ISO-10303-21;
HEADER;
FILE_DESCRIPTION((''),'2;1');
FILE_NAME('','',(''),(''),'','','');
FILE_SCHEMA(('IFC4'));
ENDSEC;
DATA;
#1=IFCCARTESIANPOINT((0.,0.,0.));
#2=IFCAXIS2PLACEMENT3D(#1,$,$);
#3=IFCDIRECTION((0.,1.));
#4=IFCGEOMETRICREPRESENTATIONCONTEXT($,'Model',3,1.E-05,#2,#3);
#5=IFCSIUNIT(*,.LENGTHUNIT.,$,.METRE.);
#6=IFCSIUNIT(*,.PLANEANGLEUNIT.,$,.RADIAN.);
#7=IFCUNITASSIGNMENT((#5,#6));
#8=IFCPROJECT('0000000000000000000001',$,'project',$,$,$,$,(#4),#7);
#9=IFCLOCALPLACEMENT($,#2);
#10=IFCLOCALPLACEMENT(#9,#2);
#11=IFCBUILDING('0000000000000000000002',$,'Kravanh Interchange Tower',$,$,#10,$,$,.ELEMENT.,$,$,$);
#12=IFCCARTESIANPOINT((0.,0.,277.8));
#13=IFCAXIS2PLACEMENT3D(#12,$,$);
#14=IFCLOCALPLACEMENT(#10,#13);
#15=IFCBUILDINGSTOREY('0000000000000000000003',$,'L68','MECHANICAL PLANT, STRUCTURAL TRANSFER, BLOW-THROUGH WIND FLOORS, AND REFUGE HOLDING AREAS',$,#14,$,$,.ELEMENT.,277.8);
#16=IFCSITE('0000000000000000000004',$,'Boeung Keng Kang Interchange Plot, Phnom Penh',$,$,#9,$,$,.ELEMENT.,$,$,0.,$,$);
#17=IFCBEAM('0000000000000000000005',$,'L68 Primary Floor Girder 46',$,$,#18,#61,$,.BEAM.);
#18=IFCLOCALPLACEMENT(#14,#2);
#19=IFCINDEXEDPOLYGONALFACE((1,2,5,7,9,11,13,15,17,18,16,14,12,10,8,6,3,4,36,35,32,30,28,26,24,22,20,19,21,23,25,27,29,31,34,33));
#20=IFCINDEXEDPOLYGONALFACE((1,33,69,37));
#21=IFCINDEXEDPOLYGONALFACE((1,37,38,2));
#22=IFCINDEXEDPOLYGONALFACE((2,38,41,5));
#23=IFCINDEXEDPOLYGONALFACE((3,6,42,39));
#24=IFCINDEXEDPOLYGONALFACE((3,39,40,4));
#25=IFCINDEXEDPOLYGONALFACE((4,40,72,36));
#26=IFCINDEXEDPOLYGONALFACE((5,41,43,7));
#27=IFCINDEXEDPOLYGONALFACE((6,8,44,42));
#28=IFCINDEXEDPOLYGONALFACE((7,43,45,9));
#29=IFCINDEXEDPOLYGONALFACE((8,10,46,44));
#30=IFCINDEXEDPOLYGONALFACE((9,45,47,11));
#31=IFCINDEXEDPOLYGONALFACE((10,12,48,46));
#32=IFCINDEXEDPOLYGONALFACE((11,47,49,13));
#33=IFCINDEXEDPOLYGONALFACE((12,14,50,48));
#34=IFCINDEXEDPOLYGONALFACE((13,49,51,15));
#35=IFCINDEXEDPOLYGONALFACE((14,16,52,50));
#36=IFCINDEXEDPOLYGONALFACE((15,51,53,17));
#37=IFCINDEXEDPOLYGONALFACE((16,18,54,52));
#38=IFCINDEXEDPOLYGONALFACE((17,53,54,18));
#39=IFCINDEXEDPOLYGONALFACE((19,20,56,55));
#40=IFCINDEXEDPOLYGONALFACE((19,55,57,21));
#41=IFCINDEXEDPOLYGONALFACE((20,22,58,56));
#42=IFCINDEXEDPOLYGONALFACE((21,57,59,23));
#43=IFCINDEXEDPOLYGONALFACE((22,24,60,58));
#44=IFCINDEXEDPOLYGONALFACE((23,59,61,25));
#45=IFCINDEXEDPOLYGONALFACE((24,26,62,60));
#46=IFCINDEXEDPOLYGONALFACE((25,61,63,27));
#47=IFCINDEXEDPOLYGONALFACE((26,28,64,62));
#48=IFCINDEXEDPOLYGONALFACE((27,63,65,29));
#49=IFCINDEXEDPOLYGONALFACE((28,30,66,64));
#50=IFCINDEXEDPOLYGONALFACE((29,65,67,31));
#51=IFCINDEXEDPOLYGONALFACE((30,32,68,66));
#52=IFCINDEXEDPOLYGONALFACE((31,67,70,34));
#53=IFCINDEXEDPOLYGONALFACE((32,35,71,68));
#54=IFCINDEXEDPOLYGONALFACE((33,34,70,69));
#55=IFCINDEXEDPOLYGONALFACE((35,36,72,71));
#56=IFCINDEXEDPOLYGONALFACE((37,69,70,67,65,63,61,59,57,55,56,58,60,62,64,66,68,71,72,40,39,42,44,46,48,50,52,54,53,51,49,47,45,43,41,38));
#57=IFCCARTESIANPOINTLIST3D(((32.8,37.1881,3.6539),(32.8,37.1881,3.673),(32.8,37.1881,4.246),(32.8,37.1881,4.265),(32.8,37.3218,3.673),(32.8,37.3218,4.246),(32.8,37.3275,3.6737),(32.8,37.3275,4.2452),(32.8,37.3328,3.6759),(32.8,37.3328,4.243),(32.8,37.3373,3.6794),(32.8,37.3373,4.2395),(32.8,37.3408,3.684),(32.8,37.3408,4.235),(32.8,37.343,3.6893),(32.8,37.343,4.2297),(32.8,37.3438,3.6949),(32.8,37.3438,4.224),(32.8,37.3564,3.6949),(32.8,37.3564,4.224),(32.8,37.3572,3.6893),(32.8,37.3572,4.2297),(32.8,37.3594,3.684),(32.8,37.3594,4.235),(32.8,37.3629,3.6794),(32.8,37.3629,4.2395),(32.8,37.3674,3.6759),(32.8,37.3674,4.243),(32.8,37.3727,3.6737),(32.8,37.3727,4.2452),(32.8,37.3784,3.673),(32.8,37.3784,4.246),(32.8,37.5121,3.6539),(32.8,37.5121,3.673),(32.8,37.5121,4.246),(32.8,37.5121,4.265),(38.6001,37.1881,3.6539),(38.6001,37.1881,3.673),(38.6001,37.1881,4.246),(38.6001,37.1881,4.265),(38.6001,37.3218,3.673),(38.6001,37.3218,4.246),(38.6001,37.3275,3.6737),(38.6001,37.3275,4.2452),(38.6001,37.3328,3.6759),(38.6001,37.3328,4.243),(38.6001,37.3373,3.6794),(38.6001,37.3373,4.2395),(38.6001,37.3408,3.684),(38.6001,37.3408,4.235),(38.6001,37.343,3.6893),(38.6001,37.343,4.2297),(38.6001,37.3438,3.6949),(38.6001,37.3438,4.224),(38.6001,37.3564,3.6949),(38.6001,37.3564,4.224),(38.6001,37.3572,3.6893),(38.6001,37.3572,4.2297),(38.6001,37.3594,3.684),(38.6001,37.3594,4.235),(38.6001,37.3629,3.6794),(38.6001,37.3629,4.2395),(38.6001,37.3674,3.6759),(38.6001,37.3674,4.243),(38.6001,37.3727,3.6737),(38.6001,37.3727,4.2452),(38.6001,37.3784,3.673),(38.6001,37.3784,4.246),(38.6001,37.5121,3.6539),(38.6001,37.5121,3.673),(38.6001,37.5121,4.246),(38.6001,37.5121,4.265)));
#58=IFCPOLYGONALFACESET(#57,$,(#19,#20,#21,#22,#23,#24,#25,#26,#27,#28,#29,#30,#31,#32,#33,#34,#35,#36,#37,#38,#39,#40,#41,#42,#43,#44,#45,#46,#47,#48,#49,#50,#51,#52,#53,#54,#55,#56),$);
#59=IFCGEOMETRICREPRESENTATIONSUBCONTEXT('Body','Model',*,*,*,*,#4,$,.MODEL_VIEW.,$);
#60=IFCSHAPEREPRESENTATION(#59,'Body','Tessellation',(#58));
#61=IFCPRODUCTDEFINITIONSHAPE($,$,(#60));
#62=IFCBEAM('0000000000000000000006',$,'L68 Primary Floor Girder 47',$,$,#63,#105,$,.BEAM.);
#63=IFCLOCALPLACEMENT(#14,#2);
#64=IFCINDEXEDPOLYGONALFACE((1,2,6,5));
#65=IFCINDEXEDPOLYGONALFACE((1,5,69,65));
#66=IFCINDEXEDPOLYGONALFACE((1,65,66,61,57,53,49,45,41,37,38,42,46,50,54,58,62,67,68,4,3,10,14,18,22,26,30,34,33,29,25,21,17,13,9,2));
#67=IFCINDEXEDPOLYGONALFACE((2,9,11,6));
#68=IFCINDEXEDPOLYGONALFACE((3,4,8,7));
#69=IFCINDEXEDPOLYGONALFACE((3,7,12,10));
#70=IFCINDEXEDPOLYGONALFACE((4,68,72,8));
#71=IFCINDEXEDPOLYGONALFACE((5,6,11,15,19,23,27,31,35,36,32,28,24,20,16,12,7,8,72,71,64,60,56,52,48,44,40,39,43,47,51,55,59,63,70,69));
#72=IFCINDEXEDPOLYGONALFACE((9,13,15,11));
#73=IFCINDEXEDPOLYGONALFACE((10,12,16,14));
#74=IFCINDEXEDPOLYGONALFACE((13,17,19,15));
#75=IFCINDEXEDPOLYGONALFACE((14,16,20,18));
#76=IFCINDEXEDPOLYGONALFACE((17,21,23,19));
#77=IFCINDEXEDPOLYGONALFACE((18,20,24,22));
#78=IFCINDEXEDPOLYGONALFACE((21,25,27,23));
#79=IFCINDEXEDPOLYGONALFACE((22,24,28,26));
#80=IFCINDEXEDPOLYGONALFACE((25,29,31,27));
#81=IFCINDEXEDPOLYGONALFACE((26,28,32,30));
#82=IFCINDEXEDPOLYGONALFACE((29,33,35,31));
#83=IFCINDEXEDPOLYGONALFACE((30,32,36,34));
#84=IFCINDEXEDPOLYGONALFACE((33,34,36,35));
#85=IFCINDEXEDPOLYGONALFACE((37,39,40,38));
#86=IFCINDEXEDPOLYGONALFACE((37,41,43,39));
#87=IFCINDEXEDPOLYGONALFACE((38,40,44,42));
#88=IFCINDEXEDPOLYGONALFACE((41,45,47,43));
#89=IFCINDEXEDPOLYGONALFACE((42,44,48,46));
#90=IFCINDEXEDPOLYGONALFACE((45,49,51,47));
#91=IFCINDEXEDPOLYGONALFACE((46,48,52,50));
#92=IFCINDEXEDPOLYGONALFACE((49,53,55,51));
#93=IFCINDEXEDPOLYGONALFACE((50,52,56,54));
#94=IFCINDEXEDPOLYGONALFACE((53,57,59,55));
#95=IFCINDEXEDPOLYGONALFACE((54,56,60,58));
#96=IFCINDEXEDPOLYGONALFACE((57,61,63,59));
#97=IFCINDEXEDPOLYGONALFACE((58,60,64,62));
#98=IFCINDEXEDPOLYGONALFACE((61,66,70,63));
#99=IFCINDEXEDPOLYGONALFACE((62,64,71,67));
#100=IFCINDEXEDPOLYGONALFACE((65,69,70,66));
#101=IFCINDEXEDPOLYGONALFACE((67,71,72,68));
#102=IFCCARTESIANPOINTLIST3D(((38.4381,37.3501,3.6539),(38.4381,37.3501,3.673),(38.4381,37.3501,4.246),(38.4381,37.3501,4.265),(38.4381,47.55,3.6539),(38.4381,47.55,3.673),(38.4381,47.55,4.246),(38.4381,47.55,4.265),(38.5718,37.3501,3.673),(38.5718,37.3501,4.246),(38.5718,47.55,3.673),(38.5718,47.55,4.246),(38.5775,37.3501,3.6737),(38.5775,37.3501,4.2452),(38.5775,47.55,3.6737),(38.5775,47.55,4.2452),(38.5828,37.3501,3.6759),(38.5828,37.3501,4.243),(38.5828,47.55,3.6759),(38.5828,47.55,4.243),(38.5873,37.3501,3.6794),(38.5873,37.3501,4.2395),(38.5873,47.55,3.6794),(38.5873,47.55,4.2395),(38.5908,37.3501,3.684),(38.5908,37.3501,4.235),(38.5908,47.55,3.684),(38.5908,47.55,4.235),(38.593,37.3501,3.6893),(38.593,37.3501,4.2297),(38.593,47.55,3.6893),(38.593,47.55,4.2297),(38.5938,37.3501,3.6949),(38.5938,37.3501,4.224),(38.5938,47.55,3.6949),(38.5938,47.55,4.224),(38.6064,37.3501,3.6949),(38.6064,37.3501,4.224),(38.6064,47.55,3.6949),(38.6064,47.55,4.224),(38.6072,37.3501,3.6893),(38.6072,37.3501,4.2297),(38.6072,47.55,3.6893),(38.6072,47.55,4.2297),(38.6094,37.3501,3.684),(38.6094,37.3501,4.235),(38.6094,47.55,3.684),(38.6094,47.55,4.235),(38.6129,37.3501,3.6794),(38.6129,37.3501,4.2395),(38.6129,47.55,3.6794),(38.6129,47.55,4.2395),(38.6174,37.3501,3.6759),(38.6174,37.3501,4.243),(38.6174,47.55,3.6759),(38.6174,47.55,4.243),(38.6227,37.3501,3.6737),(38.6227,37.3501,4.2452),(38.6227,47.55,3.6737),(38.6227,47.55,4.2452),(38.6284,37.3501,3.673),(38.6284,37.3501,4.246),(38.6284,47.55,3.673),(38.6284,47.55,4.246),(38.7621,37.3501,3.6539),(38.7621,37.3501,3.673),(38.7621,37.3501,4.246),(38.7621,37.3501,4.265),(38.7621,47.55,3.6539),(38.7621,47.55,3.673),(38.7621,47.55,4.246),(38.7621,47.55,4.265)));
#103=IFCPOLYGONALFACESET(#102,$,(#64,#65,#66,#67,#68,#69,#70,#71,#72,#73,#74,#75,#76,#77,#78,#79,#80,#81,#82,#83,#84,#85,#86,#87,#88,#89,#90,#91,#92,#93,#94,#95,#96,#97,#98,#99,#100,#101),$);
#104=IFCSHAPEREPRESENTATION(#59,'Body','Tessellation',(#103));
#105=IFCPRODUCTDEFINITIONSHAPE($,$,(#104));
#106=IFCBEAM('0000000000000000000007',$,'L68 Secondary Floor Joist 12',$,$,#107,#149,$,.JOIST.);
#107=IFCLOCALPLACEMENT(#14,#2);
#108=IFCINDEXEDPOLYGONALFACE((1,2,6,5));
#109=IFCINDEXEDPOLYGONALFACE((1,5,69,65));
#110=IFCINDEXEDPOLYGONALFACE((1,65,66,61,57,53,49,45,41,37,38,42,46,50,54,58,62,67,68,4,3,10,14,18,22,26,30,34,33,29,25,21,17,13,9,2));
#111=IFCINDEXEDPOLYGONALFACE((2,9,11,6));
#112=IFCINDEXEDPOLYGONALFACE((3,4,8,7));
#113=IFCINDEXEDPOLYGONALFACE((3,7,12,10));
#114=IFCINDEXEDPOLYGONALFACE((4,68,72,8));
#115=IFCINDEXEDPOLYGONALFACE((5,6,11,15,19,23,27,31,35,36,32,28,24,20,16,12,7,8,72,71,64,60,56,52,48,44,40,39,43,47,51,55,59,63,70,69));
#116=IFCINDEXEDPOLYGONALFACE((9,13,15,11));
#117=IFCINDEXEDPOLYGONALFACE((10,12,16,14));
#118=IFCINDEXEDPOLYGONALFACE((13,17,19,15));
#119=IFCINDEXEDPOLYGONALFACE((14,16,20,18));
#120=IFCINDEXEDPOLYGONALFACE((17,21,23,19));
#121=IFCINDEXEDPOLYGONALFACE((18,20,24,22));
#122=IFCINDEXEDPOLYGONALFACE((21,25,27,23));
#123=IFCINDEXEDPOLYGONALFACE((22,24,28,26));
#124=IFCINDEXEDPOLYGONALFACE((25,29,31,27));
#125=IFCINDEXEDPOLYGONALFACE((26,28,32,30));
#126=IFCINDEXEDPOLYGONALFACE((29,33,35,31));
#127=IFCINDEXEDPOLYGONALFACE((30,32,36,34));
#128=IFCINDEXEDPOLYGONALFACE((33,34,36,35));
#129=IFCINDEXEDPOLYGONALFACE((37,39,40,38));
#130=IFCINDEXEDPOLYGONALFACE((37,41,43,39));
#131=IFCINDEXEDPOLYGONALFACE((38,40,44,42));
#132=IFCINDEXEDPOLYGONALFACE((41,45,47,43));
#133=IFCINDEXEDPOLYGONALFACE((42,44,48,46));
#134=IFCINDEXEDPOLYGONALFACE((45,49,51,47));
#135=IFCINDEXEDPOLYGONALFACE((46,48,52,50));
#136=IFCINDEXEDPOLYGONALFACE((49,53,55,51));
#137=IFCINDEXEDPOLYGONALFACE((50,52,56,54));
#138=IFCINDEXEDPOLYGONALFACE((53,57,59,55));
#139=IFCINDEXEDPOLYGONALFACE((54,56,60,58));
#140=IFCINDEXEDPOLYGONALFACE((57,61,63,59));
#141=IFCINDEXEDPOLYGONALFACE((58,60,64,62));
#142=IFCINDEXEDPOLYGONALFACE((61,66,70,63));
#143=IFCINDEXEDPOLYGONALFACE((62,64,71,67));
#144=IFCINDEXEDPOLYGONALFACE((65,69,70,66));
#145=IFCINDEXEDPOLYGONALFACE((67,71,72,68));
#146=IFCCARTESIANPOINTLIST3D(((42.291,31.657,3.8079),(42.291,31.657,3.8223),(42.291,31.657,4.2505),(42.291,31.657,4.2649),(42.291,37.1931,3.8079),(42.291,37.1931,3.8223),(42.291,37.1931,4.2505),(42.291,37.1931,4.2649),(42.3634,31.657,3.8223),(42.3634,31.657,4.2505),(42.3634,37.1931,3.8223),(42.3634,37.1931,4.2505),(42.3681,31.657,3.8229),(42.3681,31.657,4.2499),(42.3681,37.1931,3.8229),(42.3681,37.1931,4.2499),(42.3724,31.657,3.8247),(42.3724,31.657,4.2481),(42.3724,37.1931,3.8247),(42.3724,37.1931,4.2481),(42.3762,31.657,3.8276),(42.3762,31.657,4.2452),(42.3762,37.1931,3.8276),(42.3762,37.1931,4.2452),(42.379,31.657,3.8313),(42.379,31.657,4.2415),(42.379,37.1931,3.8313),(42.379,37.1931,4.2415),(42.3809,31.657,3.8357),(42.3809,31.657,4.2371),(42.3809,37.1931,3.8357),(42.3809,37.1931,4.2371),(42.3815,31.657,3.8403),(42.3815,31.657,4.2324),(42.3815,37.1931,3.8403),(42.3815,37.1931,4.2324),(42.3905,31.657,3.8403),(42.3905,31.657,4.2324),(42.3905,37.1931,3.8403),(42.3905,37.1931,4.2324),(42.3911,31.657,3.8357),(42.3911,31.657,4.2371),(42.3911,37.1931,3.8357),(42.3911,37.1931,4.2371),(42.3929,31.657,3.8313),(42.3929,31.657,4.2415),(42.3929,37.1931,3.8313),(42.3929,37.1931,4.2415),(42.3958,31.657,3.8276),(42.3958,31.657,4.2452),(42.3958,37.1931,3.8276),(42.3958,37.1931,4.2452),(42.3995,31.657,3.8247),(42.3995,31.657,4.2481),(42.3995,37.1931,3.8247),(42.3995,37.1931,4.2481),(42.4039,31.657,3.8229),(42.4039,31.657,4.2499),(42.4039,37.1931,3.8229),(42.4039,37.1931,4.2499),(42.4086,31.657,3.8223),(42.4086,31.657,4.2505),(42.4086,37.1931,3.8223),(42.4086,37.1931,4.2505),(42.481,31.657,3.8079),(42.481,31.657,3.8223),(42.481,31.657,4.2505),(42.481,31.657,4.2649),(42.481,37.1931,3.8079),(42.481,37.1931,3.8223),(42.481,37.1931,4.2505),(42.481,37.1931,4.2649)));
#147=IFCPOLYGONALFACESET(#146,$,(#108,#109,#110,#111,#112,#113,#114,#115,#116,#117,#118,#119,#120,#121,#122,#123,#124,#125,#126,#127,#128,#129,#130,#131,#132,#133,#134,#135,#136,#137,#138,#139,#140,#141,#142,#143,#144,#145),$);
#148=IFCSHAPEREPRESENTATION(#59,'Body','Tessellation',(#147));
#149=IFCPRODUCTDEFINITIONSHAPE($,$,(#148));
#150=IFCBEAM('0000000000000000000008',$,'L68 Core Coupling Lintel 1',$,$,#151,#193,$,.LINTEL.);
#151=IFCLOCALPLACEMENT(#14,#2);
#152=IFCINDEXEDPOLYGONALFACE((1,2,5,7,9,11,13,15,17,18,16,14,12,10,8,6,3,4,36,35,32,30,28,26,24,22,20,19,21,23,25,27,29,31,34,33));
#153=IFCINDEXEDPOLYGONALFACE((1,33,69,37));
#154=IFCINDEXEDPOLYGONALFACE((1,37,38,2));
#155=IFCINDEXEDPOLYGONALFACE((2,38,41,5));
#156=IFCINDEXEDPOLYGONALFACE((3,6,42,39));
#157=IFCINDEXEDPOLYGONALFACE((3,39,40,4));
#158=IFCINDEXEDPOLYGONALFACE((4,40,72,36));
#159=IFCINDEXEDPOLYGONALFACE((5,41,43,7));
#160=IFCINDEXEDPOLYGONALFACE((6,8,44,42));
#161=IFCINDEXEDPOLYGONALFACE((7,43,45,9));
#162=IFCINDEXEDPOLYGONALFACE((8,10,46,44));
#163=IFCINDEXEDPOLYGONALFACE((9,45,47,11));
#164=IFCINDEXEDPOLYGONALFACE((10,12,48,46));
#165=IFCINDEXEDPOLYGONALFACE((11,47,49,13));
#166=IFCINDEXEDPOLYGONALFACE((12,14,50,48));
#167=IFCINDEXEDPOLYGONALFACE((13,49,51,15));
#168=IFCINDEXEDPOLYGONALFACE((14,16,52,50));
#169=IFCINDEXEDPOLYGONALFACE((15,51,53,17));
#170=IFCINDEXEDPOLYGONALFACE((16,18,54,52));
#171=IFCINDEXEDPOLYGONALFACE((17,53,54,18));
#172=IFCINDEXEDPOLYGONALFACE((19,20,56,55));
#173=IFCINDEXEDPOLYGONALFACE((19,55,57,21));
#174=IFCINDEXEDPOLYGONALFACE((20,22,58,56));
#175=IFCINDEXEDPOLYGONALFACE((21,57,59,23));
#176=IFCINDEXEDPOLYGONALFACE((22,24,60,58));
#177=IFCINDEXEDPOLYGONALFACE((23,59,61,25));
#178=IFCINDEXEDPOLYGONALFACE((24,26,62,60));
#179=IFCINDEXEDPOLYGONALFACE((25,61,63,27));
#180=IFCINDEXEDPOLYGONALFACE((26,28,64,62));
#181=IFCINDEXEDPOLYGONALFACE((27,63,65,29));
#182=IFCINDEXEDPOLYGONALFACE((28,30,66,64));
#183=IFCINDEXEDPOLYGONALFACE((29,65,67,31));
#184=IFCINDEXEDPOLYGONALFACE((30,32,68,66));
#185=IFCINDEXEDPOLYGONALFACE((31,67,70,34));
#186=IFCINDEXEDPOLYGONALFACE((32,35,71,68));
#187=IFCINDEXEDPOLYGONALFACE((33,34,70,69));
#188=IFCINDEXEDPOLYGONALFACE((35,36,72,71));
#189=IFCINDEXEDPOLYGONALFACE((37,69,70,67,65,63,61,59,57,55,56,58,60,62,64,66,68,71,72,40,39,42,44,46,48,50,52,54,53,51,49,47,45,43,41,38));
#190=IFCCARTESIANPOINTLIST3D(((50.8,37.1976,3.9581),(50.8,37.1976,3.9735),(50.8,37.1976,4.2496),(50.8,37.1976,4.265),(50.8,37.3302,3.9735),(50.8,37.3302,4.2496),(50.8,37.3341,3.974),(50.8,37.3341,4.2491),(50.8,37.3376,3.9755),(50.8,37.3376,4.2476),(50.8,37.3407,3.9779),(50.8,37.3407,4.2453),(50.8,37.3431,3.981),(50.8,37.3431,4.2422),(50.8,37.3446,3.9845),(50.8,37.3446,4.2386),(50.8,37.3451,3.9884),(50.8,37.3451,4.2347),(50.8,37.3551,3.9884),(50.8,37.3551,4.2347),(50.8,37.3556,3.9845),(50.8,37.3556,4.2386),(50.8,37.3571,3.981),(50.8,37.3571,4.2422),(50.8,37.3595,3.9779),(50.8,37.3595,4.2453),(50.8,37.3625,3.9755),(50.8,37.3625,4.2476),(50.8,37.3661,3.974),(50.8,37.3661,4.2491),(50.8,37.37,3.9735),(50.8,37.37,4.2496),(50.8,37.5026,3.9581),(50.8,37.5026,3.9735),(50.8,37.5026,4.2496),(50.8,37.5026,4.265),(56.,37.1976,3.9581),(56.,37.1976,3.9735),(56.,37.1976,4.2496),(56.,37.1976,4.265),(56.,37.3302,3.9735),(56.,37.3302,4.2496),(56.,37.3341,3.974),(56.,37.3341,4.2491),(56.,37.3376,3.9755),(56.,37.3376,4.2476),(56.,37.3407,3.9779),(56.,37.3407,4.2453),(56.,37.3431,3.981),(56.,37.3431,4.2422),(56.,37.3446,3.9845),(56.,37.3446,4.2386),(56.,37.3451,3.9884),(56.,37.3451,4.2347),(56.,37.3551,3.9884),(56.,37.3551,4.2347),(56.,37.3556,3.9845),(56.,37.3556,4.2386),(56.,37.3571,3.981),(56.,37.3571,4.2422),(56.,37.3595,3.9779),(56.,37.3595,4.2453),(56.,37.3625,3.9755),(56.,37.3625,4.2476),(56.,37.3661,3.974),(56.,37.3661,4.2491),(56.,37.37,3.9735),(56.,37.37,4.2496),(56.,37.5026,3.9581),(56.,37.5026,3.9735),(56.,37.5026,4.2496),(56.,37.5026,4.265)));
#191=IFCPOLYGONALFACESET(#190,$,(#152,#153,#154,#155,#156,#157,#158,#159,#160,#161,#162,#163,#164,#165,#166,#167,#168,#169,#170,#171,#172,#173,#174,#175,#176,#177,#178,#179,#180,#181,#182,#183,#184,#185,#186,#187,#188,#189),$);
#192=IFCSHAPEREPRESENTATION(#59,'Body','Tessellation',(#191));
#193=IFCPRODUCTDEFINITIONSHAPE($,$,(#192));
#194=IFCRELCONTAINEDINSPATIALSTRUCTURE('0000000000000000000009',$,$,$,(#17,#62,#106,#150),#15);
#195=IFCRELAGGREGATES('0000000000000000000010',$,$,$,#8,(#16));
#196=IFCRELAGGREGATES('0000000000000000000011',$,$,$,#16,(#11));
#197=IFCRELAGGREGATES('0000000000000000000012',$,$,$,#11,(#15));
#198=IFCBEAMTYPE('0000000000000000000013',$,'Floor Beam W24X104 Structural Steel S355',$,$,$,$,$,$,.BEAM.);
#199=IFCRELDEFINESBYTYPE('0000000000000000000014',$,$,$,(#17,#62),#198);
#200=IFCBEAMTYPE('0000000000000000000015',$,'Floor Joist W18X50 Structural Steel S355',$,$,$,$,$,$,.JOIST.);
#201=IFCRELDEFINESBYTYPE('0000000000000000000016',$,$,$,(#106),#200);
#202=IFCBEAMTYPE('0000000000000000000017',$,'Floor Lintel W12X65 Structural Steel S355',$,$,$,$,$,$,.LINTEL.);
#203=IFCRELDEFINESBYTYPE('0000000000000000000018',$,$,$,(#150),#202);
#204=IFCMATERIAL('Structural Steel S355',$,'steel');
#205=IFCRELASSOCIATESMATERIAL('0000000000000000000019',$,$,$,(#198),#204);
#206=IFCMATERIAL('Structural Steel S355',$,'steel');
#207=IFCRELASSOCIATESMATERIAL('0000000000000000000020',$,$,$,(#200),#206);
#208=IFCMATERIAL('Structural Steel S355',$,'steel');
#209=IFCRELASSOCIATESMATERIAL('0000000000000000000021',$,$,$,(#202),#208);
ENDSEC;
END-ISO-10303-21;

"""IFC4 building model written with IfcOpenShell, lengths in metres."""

from ifc_helpers import new_model, si_unit, direction, frame, origin, origin_2d, place, context, subcontext, project, spatial, i_section, extrude, material, material_profile, profile_set, type_object, element, save


model = new_model("IFC4")

# Units and contexts
model_context = context("Model", 3, precision=1e-05, world=origin(), true_north=direction((0.0, 1.0)))
body_context = subcontext(model_context, "Body", "Model", "MODEL_VIEW")
ifc_project = project(units=[si_unit("LENGTHUNIT", "METRE"), si_unit("PLANEANGLEUNIT", "RADIAN")], contexts=[model_context])

# Site, building, storey
site_placement = place(None, origin())
site = spatial("IfcSite", under=ifc_project, at=site_placement, Name="Boeung Keng Kang Interchange Plot, Phnom Penh", CompositionType="ELEMENT", RefElevation=0.0)
building_placement = place(site_placement, origin())
building = spatial("IfcBuilding", under=site, at=building_placement, Name="Kravanh Interchange Tower", CompositionType="ELEMENT")
storey_placement = place(building_placement, frame((0.0, 0.0, 277.8)))
storey = spatial("IfcBuildingStorey", under=building, at=storey_placement, Name="L68", Description="MECHANICAL PLANT, STRUCTURAL TRANSFER, BLOW-THROUGH WIND FLOORS, AND REFUGE HOLDING AREAS", CompositionType="ELEMENT", Elevation=277.8)

# Beams
ifc_material_1 = material(Name="Structural Steel S355", Category="steel")
ifc_material_profile_1 = material_profile(ifc_material_1, i_section(OverallWidth=0.324, OverallDepth=0.6111, WebThickness=0.0127, FlangeThickness=0.019, FilletRadius=0.022, at=origin_2d()), Name="W24X104")
ifc_profile_set_1 = profile_set([ifc_material_profile_1], Name="Structural Steel S355")
beam_type_1 = type_object("IfcBeamType", Name="Floor Beam W24X104 Structural Steel S355", PredefinedType="BEAM", material=ifc_profile_set_1)
beam_1_placement = place(storey_placement, frame((38.6001, 37.3501, 3.9595), z_axis=(-1.0, 0.0, 0.0), x_axis=(0.0, -1.0, 0.0)))
element("IfcBeam", 1, at=beam_1_placement, inside=storey, type_object=beam_type_1, Name="L68 Primary Floor Girder 46", PredefinedType="BEAM", context=body_context, shape_type="SweptSolid", body=[
    extrude(i_section(OverallWidth=0.324, OverallDepth=0.6111, WebThickness=0.0127, FlangeThickness=0.019, FilletRadius=0.022, at=origin_2d()), origin(), (0.0, 0.0, 1.0), 5.8),
])
beam_2_placement = place(storey_placement, frame((38.6001, 37.3501, 3.9595), z_axis=(0.0, 1.0, 0.0), x_axis=(-1.0, 0.0, 0.0)))
element("IfcBeam", 2, at=beam_2_placement, inside=storey, type_object=beam_type_1, Name="L68 Primary Floor Girder 47", PredefinedType="BEAM", context=body_context, shape_type="SweptSolid", body=[
    extrude(i_section(OverallWidth=0.324, OverallDepth=0.6111, WebThickness=0.0127, FlangeThickness=0.019, FilletRadius=0.022, at=origin_2d()), origin(), (0.0, 0.0, 1.0), 10.2),
])
ifc_material_2 = material(Name="Structural Steel S355", Category="steel")
ifc_material_profile_2 = material_profile(ifc_material_2, i_section(OverallWidth=0.1899, OverallDepth=0.457, WebThickness=0.009, FlangeThickness=0.0144, FilletRadius=0.0181, at=origin_2d()), Name="W18X50")
ifc_profile_set_2 = profile_set([ifc_material_profile_2], Name="Structural Steel S355")
beam_type_2 = type_object("IfcBeamType", Name="Floor Joist W18X50 Structural Steel S355", PredefinedType="JOIST", material=ifc_profile_set_2)
beam_3_placement = place(storey_placement, frame((42.386, 31.657, 4.0364), z_axis=(0.0, 1.0, 0.0), x_axis=(-1.0, 0.0, 0.0)))
element("IfcBeam", 3, at=beam_3_placement, inside=storey, type_object=beam_type_2, Name="L68 Secondary Floor Joist 12", PredefinedType="JOIST", context=body_context, shape_type="SweptSolid", body=[
    extrude(i_section(OverallWidth=0.1899, OverallDepth=0.457, WebThickness=0.009, FlangeThickness=0.0144, FilletRadius=0.0181, at=origin_2d()), origin(), (0.0, 0.0, 1.0), 5.5361),
])
ifc_material_3 = material(Name="Structural Steel S355", Category="steel")
ifc_material_profile_3 = material_profile(ifc_material_3, i_section(OverallWidth=0.3049, OverallDepth=0.3069, WebThickness=0.01, FlangeThickness=0.0154, FilletRadius=0.0149, at=origin_2d()), Name="W12X65")
ifc_profile_set_3 = profile_set([ifc_material_profile_3], Name="Structural Steel S355")
beam_type_3 = type_object("IfcBeamType", Name="Floor Lintel W12X65 Structural Steel S355", PredefinedType="LINTEL", material=ifc_profile_set_3)
beam_4_placement = place(storey_placement, frame((50.8, 37.3501, 4.1116), z_axis=(1.0, 0.0, 0.0), x_axis=(0.0, 1.0, 0.0)))
element("IfcBeam", 4, at=beam_4_placement, inside=storey, type_object=beam_type_3, Name="L68 Core Coupling Lintel 1", PredefinedType="LINTEL", context=body_context, shape_type="SweptSolid", body=[
    extrude(i_section(OverallWidth=0.3049, OverallDepth=0.3069, WebThickness=0.01, FlangeThickness=0.0154, FilletRadius=0.0149, at=origin_2d()), origin(), (0.0, 0.0, 1.0), 5.2),
])

save(model, "model.ifc")
